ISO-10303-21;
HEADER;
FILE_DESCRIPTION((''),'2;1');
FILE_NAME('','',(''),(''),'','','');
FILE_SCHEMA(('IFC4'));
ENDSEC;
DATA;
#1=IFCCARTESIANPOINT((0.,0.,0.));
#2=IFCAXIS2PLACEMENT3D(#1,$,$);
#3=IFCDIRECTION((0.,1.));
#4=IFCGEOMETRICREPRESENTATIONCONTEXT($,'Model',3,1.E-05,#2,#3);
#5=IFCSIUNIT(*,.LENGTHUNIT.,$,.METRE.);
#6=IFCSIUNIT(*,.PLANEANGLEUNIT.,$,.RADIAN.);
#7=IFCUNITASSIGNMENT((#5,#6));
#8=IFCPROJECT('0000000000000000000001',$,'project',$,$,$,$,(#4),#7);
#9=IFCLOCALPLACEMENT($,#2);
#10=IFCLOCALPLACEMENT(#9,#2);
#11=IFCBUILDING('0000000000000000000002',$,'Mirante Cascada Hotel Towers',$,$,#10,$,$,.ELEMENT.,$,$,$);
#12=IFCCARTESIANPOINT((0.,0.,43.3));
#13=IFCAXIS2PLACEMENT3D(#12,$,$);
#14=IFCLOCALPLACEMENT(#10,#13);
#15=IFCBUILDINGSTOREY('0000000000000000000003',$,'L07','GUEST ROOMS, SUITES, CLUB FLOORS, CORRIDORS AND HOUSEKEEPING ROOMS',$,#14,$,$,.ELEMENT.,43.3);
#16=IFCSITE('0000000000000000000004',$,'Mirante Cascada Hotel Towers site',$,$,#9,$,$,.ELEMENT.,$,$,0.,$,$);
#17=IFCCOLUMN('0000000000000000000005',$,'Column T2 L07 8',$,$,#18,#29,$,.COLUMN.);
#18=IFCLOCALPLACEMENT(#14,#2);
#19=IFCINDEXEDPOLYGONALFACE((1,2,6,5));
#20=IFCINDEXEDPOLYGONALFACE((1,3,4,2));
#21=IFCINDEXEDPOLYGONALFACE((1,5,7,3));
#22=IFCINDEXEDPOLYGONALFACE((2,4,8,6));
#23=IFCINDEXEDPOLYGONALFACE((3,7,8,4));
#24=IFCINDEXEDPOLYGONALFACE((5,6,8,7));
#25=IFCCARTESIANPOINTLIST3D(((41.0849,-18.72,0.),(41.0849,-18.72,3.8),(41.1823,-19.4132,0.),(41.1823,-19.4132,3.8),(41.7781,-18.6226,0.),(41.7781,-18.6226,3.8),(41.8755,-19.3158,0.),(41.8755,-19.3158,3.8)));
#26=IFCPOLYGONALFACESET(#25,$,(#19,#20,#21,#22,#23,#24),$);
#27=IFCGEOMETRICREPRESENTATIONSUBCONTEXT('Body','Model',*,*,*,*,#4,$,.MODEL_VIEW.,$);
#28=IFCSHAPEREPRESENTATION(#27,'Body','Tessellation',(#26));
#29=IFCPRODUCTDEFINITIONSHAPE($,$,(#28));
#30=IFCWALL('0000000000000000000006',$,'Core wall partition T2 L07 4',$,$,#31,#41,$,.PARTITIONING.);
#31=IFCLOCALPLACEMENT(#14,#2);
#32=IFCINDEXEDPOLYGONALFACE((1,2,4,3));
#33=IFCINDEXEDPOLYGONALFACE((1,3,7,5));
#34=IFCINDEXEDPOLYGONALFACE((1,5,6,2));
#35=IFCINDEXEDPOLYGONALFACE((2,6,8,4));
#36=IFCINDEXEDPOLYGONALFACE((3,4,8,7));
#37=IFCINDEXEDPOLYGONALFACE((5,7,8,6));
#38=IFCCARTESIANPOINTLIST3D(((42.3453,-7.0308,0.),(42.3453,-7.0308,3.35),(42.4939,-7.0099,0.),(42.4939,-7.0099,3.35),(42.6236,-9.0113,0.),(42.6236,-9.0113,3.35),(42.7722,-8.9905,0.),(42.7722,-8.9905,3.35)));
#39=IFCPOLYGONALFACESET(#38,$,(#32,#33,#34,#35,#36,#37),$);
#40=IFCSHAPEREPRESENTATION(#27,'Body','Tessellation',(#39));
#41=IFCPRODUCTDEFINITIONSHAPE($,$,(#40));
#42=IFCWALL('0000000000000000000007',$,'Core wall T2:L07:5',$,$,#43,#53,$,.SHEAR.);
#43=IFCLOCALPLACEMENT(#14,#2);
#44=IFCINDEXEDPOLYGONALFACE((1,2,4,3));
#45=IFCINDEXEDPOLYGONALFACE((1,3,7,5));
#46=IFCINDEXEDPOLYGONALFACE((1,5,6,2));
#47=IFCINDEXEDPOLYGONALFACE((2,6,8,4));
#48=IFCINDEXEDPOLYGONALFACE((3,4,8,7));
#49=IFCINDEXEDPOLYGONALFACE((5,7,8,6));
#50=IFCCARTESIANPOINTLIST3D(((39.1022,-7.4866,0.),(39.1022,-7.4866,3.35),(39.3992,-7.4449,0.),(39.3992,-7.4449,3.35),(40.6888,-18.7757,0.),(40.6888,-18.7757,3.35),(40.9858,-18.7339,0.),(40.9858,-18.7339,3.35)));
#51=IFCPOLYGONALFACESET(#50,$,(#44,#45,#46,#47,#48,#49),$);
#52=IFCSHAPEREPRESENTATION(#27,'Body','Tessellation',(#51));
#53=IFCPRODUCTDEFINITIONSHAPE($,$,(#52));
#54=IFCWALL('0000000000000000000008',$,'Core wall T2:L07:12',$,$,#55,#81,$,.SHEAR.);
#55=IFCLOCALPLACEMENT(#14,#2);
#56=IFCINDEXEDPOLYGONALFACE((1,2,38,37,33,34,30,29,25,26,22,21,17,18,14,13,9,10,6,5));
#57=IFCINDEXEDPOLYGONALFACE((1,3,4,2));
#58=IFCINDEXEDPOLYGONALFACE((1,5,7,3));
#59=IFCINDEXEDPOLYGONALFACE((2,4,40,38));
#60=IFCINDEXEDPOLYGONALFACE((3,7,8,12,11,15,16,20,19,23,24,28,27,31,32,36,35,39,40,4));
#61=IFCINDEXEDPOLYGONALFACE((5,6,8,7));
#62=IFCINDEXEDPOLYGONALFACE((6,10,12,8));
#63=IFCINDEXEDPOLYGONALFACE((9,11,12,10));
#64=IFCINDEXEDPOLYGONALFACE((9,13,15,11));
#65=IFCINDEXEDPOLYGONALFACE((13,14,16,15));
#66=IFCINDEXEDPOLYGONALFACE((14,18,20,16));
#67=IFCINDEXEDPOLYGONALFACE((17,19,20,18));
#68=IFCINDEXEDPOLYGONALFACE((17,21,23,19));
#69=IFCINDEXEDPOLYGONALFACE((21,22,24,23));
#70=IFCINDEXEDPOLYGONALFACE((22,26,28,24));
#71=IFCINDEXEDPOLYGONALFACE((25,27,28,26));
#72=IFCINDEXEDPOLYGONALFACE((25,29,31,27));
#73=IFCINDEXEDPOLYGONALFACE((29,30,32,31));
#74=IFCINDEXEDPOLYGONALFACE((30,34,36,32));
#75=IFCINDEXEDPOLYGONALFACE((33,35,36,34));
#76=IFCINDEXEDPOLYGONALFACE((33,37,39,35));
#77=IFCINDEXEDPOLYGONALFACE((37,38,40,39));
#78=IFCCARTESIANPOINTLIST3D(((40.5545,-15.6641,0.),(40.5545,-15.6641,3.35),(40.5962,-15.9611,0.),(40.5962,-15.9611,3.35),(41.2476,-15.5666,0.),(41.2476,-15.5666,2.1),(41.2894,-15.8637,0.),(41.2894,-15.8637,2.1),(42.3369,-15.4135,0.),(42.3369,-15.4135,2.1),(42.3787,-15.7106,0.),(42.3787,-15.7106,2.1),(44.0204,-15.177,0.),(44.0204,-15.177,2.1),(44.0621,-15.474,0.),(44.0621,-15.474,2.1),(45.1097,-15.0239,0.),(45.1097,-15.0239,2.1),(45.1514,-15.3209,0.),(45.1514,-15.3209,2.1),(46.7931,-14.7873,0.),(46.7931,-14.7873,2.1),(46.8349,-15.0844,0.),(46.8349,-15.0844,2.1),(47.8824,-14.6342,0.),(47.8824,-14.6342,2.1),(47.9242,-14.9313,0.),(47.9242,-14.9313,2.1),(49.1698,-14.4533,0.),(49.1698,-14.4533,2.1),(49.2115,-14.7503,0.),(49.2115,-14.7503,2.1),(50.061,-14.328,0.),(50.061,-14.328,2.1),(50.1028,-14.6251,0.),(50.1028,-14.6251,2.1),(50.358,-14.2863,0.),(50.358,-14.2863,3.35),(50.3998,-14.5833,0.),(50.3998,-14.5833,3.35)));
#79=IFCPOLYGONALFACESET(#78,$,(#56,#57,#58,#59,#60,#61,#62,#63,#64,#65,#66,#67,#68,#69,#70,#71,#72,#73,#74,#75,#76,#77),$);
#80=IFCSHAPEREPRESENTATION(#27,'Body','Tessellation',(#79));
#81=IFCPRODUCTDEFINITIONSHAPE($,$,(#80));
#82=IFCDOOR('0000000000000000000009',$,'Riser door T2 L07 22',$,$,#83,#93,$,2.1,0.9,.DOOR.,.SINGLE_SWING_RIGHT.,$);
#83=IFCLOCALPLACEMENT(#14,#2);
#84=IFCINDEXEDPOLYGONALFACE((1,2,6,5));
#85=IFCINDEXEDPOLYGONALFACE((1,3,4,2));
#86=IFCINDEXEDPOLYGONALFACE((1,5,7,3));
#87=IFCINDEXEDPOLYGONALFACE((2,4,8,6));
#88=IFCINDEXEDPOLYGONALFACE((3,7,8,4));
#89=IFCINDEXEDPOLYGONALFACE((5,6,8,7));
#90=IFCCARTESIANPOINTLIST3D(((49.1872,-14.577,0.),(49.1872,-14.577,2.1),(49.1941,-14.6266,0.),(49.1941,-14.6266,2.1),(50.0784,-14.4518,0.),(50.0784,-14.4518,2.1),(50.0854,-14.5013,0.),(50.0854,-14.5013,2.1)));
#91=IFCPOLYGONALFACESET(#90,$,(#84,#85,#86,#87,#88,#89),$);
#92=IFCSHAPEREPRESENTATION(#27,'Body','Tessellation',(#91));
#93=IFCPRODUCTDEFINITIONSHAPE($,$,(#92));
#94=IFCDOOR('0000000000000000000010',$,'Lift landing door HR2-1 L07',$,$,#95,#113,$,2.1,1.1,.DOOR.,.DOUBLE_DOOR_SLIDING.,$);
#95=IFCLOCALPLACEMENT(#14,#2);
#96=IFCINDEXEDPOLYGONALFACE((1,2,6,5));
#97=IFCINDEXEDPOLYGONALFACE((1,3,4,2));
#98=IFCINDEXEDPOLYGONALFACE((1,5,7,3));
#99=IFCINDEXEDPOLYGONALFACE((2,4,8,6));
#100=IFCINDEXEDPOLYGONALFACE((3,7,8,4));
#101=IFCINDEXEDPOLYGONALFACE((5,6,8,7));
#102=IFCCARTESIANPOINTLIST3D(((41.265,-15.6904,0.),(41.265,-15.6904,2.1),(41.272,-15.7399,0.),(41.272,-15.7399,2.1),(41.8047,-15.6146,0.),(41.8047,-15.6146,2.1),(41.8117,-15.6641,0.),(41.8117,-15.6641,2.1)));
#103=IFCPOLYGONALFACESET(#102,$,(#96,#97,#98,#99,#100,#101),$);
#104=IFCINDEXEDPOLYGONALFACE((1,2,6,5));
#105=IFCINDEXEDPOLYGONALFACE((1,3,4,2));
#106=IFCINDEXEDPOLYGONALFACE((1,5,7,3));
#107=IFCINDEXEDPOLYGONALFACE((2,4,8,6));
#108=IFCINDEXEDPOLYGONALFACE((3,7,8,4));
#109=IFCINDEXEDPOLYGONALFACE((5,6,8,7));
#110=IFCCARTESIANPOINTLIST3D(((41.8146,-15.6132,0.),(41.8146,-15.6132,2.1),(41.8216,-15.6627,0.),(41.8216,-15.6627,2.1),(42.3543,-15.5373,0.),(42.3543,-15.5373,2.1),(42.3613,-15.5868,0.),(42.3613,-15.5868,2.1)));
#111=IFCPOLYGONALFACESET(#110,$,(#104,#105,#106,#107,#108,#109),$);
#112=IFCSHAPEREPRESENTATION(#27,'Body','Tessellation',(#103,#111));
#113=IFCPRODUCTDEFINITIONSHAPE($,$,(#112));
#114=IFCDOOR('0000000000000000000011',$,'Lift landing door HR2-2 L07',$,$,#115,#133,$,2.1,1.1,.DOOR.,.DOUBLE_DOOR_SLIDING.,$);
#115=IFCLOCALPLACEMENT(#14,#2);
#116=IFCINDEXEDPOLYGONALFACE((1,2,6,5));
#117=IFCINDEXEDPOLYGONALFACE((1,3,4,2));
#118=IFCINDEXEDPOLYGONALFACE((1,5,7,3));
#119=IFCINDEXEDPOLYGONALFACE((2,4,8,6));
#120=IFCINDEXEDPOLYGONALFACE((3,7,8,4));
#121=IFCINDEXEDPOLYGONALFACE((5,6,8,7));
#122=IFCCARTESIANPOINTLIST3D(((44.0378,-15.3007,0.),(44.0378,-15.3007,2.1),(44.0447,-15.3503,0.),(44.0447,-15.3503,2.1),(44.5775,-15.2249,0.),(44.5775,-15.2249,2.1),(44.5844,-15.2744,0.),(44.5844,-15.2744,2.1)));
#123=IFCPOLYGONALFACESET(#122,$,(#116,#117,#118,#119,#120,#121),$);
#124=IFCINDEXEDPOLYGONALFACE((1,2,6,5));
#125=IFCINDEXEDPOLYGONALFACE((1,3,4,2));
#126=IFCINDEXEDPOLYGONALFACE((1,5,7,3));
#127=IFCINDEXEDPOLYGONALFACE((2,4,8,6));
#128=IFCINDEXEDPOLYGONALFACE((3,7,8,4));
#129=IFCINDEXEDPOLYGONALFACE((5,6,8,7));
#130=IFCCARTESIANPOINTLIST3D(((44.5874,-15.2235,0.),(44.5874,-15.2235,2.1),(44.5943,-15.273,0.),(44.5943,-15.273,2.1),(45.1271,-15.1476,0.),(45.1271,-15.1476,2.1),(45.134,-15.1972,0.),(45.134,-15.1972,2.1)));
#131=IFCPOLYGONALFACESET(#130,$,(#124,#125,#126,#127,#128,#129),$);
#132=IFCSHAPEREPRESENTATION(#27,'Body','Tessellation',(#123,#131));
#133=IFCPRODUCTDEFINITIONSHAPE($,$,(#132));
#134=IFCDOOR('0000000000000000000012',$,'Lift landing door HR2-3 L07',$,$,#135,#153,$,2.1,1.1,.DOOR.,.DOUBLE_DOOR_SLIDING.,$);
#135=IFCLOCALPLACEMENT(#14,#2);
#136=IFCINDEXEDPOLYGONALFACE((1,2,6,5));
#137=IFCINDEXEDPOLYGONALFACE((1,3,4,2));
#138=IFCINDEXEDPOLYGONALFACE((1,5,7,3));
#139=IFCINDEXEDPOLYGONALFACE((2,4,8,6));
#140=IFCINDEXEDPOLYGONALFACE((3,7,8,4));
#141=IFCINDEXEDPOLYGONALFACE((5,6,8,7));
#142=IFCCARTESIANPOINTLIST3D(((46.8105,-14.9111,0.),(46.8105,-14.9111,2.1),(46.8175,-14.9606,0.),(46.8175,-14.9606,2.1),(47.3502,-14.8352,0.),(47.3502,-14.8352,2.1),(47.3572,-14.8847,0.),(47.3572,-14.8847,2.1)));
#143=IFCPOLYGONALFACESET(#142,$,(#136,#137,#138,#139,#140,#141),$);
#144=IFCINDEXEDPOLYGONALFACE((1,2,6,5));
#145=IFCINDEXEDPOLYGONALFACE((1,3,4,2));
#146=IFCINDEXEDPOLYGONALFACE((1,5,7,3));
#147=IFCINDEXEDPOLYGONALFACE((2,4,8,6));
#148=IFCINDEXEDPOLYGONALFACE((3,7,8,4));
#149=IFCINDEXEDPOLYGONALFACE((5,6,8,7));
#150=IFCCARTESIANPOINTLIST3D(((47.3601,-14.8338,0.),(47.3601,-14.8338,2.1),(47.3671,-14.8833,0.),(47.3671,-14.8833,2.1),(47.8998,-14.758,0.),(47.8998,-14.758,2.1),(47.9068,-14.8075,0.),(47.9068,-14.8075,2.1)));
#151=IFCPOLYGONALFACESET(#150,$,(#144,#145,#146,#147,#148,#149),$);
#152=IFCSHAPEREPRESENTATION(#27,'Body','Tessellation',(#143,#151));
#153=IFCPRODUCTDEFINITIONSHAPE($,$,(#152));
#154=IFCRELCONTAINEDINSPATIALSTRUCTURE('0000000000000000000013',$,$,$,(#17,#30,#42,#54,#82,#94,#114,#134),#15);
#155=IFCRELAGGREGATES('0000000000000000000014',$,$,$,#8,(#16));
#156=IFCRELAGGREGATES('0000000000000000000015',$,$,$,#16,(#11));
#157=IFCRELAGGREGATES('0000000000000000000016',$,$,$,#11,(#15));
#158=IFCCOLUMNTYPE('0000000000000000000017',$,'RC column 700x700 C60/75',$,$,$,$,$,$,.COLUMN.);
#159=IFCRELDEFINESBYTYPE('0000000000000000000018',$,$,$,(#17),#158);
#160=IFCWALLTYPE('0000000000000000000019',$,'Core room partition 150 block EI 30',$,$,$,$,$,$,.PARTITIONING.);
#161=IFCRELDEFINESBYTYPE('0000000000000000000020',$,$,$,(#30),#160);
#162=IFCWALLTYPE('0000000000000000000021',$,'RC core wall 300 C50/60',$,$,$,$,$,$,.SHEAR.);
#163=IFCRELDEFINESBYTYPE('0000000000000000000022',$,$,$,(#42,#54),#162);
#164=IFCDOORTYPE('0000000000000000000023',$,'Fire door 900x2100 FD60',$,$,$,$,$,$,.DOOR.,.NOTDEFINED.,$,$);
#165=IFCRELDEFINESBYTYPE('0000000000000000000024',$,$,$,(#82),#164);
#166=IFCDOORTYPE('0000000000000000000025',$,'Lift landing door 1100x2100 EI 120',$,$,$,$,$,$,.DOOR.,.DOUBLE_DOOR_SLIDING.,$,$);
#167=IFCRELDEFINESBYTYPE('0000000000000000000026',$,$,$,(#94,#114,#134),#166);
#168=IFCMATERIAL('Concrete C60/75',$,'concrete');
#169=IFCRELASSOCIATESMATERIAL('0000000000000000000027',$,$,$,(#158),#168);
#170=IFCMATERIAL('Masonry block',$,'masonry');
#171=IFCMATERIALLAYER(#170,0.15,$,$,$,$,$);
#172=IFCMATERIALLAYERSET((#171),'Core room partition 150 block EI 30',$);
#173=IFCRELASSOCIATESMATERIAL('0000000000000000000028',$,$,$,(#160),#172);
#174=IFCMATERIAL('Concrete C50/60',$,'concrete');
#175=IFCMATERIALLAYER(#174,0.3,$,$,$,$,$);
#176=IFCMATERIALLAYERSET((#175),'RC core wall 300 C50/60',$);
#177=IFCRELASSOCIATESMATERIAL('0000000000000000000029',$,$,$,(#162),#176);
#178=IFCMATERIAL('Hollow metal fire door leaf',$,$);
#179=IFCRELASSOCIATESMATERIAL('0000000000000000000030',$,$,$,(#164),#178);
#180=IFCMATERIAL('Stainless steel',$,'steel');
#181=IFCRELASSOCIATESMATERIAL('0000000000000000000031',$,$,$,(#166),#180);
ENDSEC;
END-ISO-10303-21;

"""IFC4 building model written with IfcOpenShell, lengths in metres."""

from ifc_helpers import new_model, si_unit, direction, frame, frame_2d, origin, origin_2d, place, context, subcontext, project, spatial, rectangle, extrude, material, layer, layer_set, material_profile, profile_set, type_object, element, fill, save


model = new_model("IFC4")

# Units and contexts
model_context = context("Model", 3, precision=1e-05, world=origin(), true_north=direction((0.0, 1.0)))
body_context = subcontext(model_context, "Body", "Model", "MODEL_VIEW")
ifc_project = project(units=[si_unit("LENGTHUNIT", "METRE"), si_unit("PLANEANGLEUNIT", "RADIAN")], contexts=[model_context])

# Site, building, storey
site_placement = place(None, origin())
site = spatial("IfcSite", under=ifc_project, at=site_placement, Name="Mirante Cascada Hotel Towers site", CompositionType="ELEMENT", RefElevation=0.0)
building_placement = place(site_placement, origin())
building = spatial("IfcBuilding", under=site, at=building_placement, Name="Mirante Cascada Hotel Towers", CompositionType="ELEMENT")
storey_placement = place(building_placement, frame((0.0, 0.0, 43.3)))
storey = spatial("IfcBuildingStorey", under=building, at=storey_placement, Name="L07", Description="GUEST ROOMS, SUITES, CLUB FLOORS, CORRIDORS AND HOUSEKEEPING ROOMS", CompositionType="ELEMENT", Elevation=43.3)

# Column
ifc_material_1 = material(Name="Concrete C60/75", Category="concrete")
ifc_material_profile = material_profile(ifc_material_1, rectangle(XDim=0.7, YDim=0.7, at=origin_2d()), Name="RC column 700x700 C60/75")
ifc_profile_set = profile_set([ifc_material_profile], Name="Concrete C60/75")
column_type = type_object("IfcColumnType", Name="RC column 700x700 C60/75", PredefinedType="COLUMN", material=ifc_profile_set)
column_placement = place(storey_placement, frame((41.4802, -19.0179, 0.0), z_axis=(0.0, 0.0, 1.0), x_axis=(0.990268, 0.139173, 0.0)))
element("IfcColumn", 1, at=column_placement, inside=storey, type_object=column_type, Name="Column T2 L07 8", PredefinedType="COLUMN", context=body_context, shape_type="SweptSolid", body=[
    extrude(rectangle(XDim=0.7, YDim=0.7, at=origin_2d()), origin(), (0.0, 0.0, 1.0), 3.8),
])

# Walls
ifc_material_2 = material(Name="Masonry block", Category="masonry")
ifc_layer_1 = layer(ifc_material_2, 0.15)
ifc_layer_set_1 = layer_set([ifc_layer_1], Name="Core room partition 150 block EI 30")
wall_type_1 = type_object("IfcWallType", Name="Core room partition 150 block EI 30", PredefinedType="PARTITIONING", material=ifc_layer_set_1)
wall_1_placement = place(storey_placement, frame((42.6979, -9.0009, 0.0), z_axis=(0.0, 0.0, 1.0), x_axis=(-0.139153, 0.990271, 0.0)))
element("IfcWall", 2, at=wall_1_placement, inside=storey, type_object=wall_type_1, Name="Core wall partition T2 L07 4", PredefinedType="PARTITIONING", context=body_context, shape_type="SweptSolid", body=[
    extrude(rectangle(XDim=2.0, YDim=0.15, at=frame_2d((1.0, 0.0))), origin(), (0.0, 0.0, 1.0), 3.35),
])
ifc_material_3 = material(Name="Concrete C50/60", Category="concrete")
ifc_layer_2 = layer(ifc_material_3, 0.3)
ifc_layer_set_2 = layer_set([ifc_layer_2], Name="RC core wall 300 C50/60")
wall_type_2 = type_object("IfcWallType", Name="RC core wall 300 C50/60", PredefinedType="SHEAR", material=ifc_layer_set_2)
wall_2_placement = place(storey_placement, frame((40.8373, -18.7548, 0.0), z_axis=(0.0, 0.0, 1.0), x_axis=(-0.139175, 0.990268, 0.0)))
element("IfcWall", 3, at=wall_2_placement, inside=storey, type_object=wall_type_2, Name="Core wall T2:L07:5", PredefinedType="SHEAR", context=body_context, shape_type="SweptSolid", body=[
    extrude(rectangle(XDim=11.4, YDim=0.3, at=frame_2d((5.7, 0.0))), origin(), (0.0, 0.0, 1.0), 3.35),
])

# Wall, openings, doors
wall_3_placement = place(storey_placement, frame((40.5753, -15.8126, 0.0), z_axis=(0.0, 0.0, 1.0), x_axis=(0.990268, 0.139173, 0.0)))
wall_3 = element("IfcWall", 4, at=wall_3_placement, inside=storey, type_object=wall_type_2, Name="Core wall T2:L07:12", PredefinedType="SHEAR", context=body_context, shape_type="SweptSolid", body=[
    extrude(rectangle(XDim=9.8999, YDim=0.3, at=frame_2d((4.95, 0.0))), origin(), (0.0, 0.0, 1.0), 3.35),
])
opening_1_placement = place(wall_3_placement, frame((0.7, 0.0, 0.0)))
opening_1 = element("IfcOpeningElement", 5, at=opening_1_placement, cuts=wall_3, PredefinedType="OPENING", context=body_context, shape_type="SweptSolid", body=[
    extrude(rectangle(XDim=1.1, YDim=2.1, at=frame_2d((0.55, 1.05))), frame((0.0, 0.15, 0.0), z_axis=(0.0, -1.0, 0.0), x_axis=(1.0, 0.0, 0.0)), (0.0, 0.0, 1.0), 0.3),
])
opening_2_placement = place(wall_3_placement, frame((3.5, 0.0, 0.0)))
opening_2 = element("IfcOpeningElement", 6, at=opening_2_placement, cuts=wall_3, PredefinedType="OPENING", context=body_context, shape_type="SweptSolid", body=[
    extrude(rectangle(XDim=1.1, YDim=2.1, at=frame_2d((0.55, 1.05))), frame((0.0, 0.15, 0.0), z_axis=(0.0, -1.0, 0.0), x_axis=(1.0, 0.0, 0.0)), (0.0, 0.0, 1.0), 0.3),
])
opening_3_placement = place(wall_3_placement, frame((6.3, 0.0, 0.0)))
opening_3 = element("IfcOpeningElement", 7, at=opening_3_placement, cuts=wall_3, PredefinedType="OPENING", context=body_context, shape_type="SweptSolid", body=[
    extrude(rectangle(XDim=1.1, YDim=2.1, at=frame_2d((0.55, 1.05))), frame((0.0, 0.15, 0.0), z_axis=(0.0, -1.0, 0.0), x_axis=(1.0, 0.0, 0.0)), (0.0, 0.0, 1.0), 0.3),
])
opening_4_placement = place(wall_3_placement, frame((8.7, 0.0, 0.0)))
opening_4 = element("IfcOpeningElement", 8, at=opening_4_placement, cuts=wall_3, PredefinedType="OPENING", context=body_context, shape_type="SweptSolid", body=[
    extrude(rectangle(XDim=0.9, YDim=2.1, at=frame_2d((0.45, 1.05))), frame((0.0, 0.15, 0.0), z_axis=(0.0, -1.0, 0.0), x_axis=(1.0, 0.0, 0.0)), (0.0, 0.0, 1.0), 0.3),
])
ifc_material_4 = material(Name="Hollow metal fire door leaf")
door_type_1 = type_object("IfcDoorType", Name="Fire door 900x2100 FD60", OperationType="NOTDEFINED", PredefinedType="DOOR", material=ifc_material_4)
door_1_placement = place(opening_4_placement, frame((0.9, 0.0, 0.0), z_axis=(0.0, 0.0, 1.0), x_axis=(-1.0, 0.0, 0.0)))
door_1 = element("IfcDoor", 9, at=door_1_placement, inside=storey, type_object=door_type_1, Name="Riser door T2 L07 22", OperationType="SINGLE_SWING_RIGHT", OverallHeight=2.1, OverallWidth=0.9, PredefinedType="DOOR", context=body_context, shape_type="SweptSolid", body=[
    extrude(rectangle(XDim=0.9, YDim=2.1, at=frame_2d((0.45, 1.05))), frame((0.0, 0.025, 0.0), z_axis=(0.0, -1.0, 0.0), x_axis=(1.0, 0.0, 0.0)), (0.0, 0.0, 1.0), 0.05),
])
fill(opening_4, door_1)
ifc_material_5 = material(Name="Stainless steel", Category="steel")
door_type_2 = type_object("IfcDoorType", Name="Lift landing door 1100x2100 EI 120", OperationType="DOUBLE_DOOR_SLIDING", PredefinedType="DOOR", material=ifc_material_5)
door_2_placement = place(opening_1_placement, origin())
door_2 = element("IfcDoor", 10, at=door_2_placement, inside=storey, type_object=door_type_2, Name="Lift landing door HR2-1 L07", OperationType="DOUBLE_DOOR_SLIDING", OverallHeight=2.1, OverallWidth=1.1, PredefinedType="DOOR", context=body_context, shape_type="SweptSolid", body=[
    extrude(rectangle(XDim=0.545, YDim=2.1, at=frame_2d((0.2725, 1.05))), frame((0.0, 0.025, 0.0), z_axis=(0.0, -1.0, 0.0), x_axis=(1.0, 0.0, 0.0)), (0.0, 0.0, 1.0), 0.05),
    extrude(rectangle(XDim=0.545, YDim=2.1, at=frame_2d((0.8275, 1.05))), frame((0.0, 0.025, 0.0), z_axis=(0.0, -1.0, 0.0), x_axis=(1.0, 0.0, 0.0)), (0.0, 0.0, 1.0), 0.05),
])
fill(opening_1, door_2)
door_3_placement = place(opening_2_placement, origin())
door_3 = element("IfcDoor", 11, at=door_3_placement, inside=storey, type_object=door_type_2, Name="Lift landing door HR2-2 L07", OperationType="DOUBLE_DOOR_SLIDING", OverallHeight=2.1, OverallWidth=1.1, PredefinedType="DOOR", context=body_context, shape_type="SweptSolid", body=[
    extrude(rectangle(XDim=0.545, YDim=2.1, at=frame_2d((0.2725, 1.05))), frame((0.0, 0.025, 0.0), z_axis=(0.0, -1.0, 0.0), x_axis=(1.0, 0.0, 0.0)), (0.0, 0.0, 1.0), 0.05),
    extrude(rectangle(XDim=0.545, YDim=2.1, at=frame_2d((0.8275, 1.05))), frame((0.0, 0.025, 0.0), z_axis=(0.0, -1.0, 0.0), x_axis=(1.0, 0.0, 0.0)), (0.0, 0.0, 1.0), 0.05),
])
fill(opening_2, door_3)
door_4_placement = place(opening_3_placement, origin())
door_4 = element("IfcDoor", 12, at=door_4_placement, inside=storey, type_object=door_type_2, Name="Lift landing door HR2-3 L07", OperationType="DOUBLE_DOOR_SLIDING", OverallHeight=2.1, OverallWidth=1.1, PredefinedType="DOOR", context=body_context, shape_type="SweptSolid", body=[
    extrude(rectangle(XDim=0.545, YDim=2.1, at=frame_2d((0.2725, 1.05))), frame((0.0, 0.025, 0.0), z_axis=(0.0, -1.0, 0.0), x_axis=(1.0, 0.0, 0.0)), (0.0, 0.0, 1.0), 0.05),
    extrude(rectangle(XDim=0.545, YDim=2.1, at=frame_2d((0.8275, 1.05))), frame((0.0, 0.025, 0.0), z_axis=(0.0, -1.0, 0.0), x_axis=(1.0, 0.0, 0.0)), (0.0, 0.0, 1.0), 0.05),
])
fill(opening_3, door_4)

save(model, "model.ifc")
